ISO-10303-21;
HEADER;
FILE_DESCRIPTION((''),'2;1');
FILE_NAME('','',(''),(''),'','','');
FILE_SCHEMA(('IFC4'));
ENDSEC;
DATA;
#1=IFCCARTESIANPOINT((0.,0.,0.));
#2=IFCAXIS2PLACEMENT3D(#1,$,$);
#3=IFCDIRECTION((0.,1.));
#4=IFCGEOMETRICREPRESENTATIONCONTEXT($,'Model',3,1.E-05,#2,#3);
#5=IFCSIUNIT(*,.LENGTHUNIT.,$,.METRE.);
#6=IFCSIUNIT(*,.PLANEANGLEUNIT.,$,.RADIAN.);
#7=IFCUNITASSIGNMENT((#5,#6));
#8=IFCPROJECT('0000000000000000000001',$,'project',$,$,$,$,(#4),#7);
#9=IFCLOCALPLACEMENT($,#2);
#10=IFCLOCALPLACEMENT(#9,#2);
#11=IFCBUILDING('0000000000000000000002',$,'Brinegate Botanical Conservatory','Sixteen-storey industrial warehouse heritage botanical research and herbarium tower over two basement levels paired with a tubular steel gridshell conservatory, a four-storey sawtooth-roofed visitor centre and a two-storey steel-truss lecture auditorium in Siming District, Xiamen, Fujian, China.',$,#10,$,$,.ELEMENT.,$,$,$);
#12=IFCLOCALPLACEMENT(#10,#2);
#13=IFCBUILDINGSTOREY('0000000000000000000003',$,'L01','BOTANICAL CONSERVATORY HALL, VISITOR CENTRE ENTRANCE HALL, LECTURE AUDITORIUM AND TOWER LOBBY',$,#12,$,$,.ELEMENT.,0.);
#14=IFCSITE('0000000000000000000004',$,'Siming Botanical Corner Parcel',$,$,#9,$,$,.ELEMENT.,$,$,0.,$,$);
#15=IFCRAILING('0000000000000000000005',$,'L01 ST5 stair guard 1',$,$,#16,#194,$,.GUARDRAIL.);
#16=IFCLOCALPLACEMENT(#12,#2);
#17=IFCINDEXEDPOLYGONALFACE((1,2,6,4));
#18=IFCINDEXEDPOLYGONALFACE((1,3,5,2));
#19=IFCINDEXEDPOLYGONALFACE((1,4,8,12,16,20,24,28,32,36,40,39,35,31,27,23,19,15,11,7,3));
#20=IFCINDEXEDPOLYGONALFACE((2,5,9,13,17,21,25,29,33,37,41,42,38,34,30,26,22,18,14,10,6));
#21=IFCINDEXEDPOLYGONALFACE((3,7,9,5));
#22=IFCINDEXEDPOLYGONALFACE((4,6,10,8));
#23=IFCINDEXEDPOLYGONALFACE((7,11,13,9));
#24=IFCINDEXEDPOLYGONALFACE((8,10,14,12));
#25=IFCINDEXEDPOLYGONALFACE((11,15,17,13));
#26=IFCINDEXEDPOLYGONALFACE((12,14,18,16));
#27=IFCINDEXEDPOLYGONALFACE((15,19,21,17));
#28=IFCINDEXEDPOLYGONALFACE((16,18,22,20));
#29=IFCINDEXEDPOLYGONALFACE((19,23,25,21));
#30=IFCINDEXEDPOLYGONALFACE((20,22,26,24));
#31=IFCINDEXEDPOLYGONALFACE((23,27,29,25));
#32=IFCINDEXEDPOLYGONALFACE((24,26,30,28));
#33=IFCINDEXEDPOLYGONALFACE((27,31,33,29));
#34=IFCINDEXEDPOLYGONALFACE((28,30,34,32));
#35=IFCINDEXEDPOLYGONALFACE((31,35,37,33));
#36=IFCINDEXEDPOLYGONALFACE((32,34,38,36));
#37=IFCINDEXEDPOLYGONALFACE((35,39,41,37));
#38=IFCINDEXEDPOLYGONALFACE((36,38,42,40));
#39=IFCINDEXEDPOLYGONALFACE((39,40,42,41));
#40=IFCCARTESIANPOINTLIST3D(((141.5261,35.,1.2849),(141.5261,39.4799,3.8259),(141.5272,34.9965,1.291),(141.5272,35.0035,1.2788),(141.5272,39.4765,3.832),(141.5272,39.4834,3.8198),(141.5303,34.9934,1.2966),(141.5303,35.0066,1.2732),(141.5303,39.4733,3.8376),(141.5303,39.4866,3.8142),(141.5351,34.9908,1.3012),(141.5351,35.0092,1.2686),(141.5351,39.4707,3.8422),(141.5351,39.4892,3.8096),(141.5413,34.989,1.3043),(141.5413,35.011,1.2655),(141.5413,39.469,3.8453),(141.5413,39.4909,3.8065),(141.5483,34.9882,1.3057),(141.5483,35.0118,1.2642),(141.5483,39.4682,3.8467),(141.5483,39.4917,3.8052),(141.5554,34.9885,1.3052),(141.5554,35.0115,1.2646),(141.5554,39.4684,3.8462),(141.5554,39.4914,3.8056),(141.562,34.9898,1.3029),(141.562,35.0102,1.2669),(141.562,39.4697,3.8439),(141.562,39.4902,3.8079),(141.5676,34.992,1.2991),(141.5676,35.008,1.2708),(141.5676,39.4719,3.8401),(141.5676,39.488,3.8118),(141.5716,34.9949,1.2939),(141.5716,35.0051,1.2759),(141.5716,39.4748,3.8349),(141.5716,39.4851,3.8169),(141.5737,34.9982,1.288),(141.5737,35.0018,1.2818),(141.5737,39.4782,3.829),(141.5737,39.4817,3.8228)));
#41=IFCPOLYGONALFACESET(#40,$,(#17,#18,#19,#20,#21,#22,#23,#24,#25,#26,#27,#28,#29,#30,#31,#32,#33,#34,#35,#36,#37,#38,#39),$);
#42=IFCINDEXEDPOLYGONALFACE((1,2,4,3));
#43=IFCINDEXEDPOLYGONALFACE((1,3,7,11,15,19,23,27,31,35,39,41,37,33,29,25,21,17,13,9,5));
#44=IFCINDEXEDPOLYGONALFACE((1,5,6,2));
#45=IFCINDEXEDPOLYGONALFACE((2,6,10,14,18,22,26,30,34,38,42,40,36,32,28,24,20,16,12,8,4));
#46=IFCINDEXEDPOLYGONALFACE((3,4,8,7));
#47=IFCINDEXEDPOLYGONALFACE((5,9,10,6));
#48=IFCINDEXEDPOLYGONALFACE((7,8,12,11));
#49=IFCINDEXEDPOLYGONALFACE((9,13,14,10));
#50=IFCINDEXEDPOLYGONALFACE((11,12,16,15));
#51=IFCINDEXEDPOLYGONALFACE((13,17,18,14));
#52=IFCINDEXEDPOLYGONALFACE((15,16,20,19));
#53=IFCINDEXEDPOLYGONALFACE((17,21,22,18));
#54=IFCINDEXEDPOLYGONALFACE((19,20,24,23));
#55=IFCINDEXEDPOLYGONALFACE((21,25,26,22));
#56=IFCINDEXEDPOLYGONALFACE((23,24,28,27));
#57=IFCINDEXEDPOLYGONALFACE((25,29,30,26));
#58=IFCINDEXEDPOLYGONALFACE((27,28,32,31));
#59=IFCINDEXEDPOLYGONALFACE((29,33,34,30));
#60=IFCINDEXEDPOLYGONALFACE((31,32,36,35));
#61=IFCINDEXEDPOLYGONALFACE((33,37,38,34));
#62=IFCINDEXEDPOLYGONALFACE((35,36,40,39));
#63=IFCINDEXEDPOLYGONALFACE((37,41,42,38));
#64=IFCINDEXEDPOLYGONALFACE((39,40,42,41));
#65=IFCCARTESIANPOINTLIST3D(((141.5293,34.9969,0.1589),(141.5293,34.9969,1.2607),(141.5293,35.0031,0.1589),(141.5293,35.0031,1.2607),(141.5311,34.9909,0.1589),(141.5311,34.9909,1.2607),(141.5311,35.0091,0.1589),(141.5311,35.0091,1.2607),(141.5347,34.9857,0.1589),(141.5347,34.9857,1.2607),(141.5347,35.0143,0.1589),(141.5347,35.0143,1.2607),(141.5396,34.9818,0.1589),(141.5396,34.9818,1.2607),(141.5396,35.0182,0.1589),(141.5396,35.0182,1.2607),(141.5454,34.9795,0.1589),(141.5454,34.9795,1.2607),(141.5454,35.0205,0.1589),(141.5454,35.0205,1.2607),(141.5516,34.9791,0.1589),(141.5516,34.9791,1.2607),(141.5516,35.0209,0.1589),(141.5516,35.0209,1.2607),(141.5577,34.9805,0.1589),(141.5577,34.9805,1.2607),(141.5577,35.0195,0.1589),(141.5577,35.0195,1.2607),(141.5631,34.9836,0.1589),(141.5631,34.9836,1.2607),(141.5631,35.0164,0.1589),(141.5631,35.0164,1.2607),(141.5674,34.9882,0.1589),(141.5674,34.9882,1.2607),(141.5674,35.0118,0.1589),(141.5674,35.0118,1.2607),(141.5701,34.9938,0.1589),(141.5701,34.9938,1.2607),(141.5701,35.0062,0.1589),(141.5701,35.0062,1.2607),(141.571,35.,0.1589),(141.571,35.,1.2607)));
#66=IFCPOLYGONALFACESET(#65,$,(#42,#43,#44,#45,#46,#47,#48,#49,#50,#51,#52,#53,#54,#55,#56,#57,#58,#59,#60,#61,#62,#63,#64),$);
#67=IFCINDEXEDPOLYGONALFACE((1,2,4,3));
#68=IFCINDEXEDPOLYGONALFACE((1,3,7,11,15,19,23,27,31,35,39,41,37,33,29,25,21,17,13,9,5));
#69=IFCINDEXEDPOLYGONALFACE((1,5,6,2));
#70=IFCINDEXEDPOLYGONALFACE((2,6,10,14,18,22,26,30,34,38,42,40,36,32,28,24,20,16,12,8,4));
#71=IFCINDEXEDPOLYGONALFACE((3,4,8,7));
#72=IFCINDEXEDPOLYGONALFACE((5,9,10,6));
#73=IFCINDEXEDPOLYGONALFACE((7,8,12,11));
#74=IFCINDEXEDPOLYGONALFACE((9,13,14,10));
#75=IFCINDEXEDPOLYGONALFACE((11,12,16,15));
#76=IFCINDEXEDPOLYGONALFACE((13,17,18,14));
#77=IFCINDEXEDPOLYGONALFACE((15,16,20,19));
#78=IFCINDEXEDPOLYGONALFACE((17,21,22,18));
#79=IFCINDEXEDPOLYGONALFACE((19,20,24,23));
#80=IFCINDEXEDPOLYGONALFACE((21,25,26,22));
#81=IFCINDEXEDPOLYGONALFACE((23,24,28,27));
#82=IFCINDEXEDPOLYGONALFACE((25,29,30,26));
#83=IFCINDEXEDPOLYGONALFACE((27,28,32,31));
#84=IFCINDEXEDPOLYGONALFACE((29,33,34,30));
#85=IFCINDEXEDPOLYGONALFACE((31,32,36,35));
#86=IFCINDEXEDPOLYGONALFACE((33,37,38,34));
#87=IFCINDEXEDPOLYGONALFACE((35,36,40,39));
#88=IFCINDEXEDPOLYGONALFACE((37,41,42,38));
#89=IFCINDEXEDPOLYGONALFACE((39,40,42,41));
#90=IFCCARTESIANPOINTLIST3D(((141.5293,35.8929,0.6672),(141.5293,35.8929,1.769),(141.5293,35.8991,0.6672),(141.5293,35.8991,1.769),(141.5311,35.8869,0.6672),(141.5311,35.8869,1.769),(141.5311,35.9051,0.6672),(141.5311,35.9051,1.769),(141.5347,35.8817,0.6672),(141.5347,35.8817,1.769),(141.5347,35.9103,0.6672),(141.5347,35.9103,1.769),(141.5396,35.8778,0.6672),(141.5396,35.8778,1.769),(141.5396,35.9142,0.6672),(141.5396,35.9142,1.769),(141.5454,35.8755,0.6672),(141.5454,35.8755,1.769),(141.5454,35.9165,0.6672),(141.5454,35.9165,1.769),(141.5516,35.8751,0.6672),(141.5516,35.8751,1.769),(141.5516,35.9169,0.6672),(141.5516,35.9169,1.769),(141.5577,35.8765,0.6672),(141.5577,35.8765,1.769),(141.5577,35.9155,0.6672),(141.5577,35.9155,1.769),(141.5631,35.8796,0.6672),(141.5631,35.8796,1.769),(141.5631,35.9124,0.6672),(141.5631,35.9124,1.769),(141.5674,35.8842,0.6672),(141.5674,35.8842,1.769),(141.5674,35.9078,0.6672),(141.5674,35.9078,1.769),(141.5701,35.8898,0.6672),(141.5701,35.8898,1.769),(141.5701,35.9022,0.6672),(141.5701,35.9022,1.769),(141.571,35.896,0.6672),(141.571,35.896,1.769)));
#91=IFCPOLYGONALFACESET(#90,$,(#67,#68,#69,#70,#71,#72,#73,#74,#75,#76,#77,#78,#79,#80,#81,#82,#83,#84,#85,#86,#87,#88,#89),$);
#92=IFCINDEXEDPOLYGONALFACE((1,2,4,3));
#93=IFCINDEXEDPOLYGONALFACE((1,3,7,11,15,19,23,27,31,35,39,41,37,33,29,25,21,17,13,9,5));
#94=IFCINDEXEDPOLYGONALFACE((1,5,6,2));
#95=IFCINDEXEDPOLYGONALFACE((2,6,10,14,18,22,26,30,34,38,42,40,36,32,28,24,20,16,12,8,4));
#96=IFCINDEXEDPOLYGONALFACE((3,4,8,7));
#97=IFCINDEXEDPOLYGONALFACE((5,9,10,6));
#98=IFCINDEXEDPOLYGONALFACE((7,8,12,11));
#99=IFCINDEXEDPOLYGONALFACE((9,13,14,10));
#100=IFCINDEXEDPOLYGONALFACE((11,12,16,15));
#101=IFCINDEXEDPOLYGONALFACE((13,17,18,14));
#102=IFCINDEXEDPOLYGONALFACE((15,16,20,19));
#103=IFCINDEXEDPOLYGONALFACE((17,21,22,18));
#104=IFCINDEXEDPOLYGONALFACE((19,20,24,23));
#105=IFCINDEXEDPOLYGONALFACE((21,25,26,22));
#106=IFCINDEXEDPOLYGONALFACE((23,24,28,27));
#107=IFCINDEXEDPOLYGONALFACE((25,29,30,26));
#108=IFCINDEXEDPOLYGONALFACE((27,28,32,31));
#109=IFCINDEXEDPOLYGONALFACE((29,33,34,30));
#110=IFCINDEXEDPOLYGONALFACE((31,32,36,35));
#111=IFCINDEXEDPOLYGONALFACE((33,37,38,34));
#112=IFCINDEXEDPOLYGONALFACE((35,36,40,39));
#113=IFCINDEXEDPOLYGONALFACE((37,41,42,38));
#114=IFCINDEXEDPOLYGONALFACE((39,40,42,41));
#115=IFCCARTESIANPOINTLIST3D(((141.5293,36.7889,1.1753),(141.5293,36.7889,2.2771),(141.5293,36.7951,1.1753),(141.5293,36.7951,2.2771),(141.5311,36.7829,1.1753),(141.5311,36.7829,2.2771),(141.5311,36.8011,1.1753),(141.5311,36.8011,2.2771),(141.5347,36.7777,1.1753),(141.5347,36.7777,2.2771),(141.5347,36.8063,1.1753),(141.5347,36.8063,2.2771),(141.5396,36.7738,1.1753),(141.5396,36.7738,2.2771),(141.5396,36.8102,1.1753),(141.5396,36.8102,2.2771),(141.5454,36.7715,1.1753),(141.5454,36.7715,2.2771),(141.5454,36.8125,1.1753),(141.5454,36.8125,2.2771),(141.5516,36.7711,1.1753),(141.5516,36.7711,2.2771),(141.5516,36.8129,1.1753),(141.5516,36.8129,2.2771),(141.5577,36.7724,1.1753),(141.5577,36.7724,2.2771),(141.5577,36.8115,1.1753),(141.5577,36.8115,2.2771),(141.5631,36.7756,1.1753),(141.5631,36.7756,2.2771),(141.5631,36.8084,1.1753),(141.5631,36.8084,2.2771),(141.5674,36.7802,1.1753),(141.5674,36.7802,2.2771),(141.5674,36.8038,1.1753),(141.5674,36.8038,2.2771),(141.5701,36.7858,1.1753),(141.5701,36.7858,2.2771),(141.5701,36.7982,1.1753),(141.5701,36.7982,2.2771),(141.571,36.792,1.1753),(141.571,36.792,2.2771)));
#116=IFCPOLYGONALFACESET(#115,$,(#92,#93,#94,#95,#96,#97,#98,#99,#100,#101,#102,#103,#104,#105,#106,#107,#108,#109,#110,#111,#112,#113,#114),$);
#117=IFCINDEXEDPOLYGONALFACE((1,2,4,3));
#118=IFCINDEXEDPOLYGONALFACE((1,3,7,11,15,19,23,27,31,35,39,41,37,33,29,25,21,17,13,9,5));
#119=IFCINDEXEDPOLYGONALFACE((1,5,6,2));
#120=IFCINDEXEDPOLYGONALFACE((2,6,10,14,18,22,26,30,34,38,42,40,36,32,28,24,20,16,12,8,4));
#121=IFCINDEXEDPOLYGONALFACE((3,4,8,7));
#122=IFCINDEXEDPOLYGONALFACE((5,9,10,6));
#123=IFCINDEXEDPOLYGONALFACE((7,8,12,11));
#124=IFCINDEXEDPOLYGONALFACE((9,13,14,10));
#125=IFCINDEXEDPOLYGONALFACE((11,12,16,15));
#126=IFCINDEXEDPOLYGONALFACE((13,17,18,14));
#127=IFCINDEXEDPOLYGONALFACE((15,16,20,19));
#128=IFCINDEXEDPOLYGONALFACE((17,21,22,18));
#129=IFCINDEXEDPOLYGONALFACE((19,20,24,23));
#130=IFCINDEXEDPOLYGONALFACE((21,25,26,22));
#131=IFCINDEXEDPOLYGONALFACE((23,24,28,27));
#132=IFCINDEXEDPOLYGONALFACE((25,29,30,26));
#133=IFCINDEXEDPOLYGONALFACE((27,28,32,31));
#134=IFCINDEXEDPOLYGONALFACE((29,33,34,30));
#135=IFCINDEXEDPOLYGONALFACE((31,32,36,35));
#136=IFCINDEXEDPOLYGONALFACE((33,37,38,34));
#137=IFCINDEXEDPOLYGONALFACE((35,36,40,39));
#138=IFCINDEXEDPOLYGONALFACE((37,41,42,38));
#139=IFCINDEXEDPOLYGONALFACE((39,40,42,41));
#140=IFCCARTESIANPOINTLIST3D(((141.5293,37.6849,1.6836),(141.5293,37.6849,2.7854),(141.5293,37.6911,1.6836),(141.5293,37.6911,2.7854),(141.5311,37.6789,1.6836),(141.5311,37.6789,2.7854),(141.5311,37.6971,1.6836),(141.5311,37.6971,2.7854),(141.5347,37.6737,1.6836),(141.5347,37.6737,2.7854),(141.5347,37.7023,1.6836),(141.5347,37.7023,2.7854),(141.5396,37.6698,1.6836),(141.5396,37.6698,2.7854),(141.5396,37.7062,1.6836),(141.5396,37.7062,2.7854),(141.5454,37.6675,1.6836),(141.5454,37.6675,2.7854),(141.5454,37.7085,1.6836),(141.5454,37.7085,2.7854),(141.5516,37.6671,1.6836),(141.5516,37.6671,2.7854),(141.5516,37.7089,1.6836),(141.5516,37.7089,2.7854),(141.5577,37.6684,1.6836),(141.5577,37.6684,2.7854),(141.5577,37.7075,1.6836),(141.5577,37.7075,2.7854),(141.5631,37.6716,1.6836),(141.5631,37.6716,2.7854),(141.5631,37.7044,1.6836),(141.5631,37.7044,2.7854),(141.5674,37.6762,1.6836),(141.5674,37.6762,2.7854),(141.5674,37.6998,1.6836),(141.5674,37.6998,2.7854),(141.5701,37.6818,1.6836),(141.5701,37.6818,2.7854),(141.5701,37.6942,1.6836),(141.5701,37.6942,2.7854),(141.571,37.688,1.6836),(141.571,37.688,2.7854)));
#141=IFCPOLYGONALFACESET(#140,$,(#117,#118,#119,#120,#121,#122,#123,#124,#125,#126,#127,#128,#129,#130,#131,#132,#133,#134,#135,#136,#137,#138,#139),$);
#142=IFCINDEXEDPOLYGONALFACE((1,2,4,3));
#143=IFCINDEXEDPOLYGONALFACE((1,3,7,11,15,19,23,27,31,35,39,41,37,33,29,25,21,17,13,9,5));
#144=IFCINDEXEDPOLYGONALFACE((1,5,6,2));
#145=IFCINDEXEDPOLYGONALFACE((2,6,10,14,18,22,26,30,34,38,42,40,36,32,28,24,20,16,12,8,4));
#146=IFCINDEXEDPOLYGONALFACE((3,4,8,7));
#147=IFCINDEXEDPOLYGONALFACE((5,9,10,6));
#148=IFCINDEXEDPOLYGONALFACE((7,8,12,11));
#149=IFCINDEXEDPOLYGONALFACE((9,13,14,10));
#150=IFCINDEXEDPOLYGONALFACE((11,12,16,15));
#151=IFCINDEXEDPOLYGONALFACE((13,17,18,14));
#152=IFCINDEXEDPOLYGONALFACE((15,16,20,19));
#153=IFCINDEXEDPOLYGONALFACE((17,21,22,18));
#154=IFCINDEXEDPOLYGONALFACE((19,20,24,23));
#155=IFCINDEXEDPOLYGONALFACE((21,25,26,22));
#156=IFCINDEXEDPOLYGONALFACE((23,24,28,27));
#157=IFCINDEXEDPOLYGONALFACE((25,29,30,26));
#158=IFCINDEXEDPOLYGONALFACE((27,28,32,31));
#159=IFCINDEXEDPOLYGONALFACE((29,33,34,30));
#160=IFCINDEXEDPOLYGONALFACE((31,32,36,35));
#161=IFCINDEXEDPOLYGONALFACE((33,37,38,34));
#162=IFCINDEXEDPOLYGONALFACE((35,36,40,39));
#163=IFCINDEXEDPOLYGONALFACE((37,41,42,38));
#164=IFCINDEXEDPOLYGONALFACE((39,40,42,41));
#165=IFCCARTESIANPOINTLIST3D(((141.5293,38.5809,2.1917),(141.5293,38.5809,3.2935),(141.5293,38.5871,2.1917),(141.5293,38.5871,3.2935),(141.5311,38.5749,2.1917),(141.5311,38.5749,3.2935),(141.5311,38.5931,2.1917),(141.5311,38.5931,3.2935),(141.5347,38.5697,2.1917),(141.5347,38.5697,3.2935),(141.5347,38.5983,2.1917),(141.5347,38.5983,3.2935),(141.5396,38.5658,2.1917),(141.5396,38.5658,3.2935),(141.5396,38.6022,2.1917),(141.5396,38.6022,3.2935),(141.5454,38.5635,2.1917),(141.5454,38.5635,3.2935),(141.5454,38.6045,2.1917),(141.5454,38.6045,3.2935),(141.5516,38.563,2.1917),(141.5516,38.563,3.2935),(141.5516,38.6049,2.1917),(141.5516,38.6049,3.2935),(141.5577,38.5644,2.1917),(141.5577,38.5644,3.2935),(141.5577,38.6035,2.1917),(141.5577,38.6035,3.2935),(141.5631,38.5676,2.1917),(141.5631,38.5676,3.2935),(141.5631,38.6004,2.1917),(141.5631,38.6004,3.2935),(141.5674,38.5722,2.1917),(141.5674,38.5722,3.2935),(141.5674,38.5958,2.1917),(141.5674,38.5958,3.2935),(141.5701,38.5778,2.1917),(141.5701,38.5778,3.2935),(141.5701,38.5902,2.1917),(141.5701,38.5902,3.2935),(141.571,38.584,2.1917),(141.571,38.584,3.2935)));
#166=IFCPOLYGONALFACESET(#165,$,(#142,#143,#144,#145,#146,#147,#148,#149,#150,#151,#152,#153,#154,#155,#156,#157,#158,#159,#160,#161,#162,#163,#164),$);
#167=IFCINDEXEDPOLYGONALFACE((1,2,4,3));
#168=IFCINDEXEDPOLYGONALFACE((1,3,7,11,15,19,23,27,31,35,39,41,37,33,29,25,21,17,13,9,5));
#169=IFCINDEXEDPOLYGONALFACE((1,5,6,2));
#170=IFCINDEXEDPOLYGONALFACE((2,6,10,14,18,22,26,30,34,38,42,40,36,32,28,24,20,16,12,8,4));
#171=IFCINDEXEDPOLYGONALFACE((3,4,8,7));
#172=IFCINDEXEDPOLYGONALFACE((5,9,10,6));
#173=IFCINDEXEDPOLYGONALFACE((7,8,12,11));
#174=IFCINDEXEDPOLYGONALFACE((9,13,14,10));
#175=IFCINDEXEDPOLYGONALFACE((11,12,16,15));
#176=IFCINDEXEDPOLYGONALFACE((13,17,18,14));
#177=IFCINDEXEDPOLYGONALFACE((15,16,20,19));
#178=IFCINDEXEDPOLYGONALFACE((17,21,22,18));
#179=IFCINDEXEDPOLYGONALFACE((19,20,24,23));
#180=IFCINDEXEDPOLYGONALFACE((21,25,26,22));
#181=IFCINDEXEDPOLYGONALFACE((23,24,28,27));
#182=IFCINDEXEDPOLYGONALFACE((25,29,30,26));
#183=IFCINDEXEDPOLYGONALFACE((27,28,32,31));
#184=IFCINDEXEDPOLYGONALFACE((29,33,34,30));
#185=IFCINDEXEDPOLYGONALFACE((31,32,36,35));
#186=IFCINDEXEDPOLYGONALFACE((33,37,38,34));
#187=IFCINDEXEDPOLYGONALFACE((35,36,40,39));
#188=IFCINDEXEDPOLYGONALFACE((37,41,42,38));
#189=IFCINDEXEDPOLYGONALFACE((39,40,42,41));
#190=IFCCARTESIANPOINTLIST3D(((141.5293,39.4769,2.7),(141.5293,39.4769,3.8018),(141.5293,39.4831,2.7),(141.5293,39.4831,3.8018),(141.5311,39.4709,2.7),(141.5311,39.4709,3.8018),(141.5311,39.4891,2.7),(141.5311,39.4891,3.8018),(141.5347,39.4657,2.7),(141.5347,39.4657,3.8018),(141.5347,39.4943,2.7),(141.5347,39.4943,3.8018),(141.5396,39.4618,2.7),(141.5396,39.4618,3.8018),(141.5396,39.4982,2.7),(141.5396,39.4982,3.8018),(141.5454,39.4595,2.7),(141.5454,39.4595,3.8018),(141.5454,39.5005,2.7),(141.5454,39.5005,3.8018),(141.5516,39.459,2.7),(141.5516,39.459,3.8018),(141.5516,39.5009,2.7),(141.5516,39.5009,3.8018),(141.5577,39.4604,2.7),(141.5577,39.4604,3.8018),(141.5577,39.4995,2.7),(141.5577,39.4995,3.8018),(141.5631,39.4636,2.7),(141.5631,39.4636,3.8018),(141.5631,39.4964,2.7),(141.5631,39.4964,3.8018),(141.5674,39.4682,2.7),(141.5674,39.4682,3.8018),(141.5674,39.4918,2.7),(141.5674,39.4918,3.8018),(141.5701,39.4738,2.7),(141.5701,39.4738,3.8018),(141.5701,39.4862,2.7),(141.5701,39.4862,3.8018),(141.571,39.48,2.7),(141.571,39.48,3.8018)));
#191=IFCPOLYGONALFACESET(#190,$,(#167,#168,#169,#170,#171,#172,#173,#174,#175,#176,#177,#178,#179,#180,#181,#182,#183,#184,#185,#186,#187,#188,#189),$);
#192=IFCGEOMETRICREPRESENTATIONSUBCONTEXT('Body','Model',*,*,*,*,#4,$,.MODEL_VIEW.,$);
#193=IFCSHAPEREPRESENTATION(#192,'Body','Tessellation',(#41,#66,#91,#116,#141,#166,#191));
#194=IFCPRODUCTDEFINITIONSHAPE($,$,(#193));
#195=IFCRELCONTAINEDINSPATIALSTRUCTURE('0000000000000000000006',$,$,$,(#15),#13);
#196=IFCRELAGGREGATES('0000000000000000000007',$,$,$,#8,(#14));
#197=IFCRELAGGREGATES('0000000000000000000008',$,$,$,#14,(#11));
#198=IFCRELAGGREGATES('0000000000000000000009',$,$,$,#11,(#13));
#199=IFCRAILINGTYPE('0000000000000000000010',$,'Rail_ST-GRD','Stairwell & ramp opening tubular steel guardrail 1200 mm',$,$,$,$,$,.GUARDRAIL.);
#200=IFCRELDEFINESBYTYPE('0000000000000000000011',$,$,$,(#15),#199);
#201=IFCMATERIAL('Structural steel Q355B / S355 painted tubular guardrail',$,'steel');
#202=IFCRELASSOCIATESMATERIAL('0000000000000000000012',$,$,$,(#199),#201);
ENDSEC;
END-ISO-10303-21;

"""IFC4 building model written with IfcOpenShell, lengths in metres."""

from ifc_helpers import new_model, si_unit, direction, frame, origin, origin_2d, place, context, subcontext, project, spatial, circle, extrude, material, type_object, element, save


model = new_model("IFC4")

# Units and contexts
model_context = context("Model", 3, precision=1e-05, world=origin(), true_north=direction((0.0, 1.0)))
body_context = subcontext(model_context, "Body", "Model", "MODEL_VIEW")
ifc_project = project(units=[si_unit("LENGTHUNIT", "METRE"), si_unit("PLANEANGLEUNIT", "RADIAN")], contexts=[model_context])

# Site, building, storey
site_placement = place(None, origin())
site = spatial("IfcSite", under=ifc_project, at=site_placement, Name="Siming Botanical Corner Parcel", CompositionType="ELEMENT", RefElevation=0.0)
building_placement = place(site_placement, origin())
building = spatial("IfcBuilding", under=site, at=building_placement, Name="Brinegate Botanical Conservatory", Description="Sixteen-storey industrial warehouse heritage botanical research and herbarium tower over two basement levels paired with a tubular steel gridshell conservatory, a four-storey sawtooth-roofed visitor centre and a two-storey steel-truss lecture auditorium in Siming District, Xiamen, Fujian, China.", CompositionType="ELEMENT")
storey_placement = place(building_placement, origin())
storey = spatial("IfcBuildingStorey", under=building, at=storey_placement, Name="L01", Description="BOTANICAL CONSERVATORY HALL, VISITOR CENTRE ENTRANCE HALL, LECTURE AUDITORIUM AND TOWER LOBBY", CompositionType="ELEMENT", Elevation=0.0)

# Railing
ifc_material_1 = material(Name="Structural steel Q355B / S355 painted tubular guardrail", Category="steel")
railing_type_1 = type_object("IfcRailingType", Name="Rail_ST-GRD", Description="Stairwell & ramp opening tubular steel guardrail 1200 mm", PredefinedType="GUARDRAIL", material=ifc_material_1)
railing_1_placement = place(storey_placement, frame((141.55, 35.0, 0.1589)))
element("IfcRailing", 1, at=railing_1_placement, inside=storey, type_object=railing_type_1, Name="L01 ST5 stair guard 1", PredefinedType="GUARDRAIL", context=body_context, shape_type="SweptSolid", body=[
    extrude(circle(Radius=0.0239, at=origin_2d()), frame((0.0, 0.0, 1.126), z_axis=(0.0, 0.869826, 0.493359), x_axis=(-1.0, 0.0, 0.0)), (0.0, 0.0, 1.0), 5.1504),
    extrude(circle(Radius=0.021, at=origin_2d()), origin(), (0.0, 0.0, 1.0), 1.1018),
    extrude(circle(Radius=0.021, at=origin_2d()), frame((0.0, 0.896, 0.5083)), (0.0, 0.0, 1.0), 1.1018),
    extrude(circle(Radius=0.021, at=origin_2d()), frame((0.0, 1.792, 1.0164)), (0.0, 0.0, 1.0), 1.1018),
    extrude(circle(Radius=0.021, at=origin_2d()), frame((0.0, 2.688, 1.5247)), (0.0, 0.0, 1.0), 1.1018),
    extrude(circle(Radius=0.021, at=origin_2d()), frame((0.0, 3.584, 2.0327)), (0.0, 0.0, 1.0), 1.1018),
    extrude(circle(Radius=0.021, at=origin_2d()), frame((0.0, 4.48, 2.541)), (0.0, 0.0, 1.0), 1.1018),
])

save(model, "model.ifc")
